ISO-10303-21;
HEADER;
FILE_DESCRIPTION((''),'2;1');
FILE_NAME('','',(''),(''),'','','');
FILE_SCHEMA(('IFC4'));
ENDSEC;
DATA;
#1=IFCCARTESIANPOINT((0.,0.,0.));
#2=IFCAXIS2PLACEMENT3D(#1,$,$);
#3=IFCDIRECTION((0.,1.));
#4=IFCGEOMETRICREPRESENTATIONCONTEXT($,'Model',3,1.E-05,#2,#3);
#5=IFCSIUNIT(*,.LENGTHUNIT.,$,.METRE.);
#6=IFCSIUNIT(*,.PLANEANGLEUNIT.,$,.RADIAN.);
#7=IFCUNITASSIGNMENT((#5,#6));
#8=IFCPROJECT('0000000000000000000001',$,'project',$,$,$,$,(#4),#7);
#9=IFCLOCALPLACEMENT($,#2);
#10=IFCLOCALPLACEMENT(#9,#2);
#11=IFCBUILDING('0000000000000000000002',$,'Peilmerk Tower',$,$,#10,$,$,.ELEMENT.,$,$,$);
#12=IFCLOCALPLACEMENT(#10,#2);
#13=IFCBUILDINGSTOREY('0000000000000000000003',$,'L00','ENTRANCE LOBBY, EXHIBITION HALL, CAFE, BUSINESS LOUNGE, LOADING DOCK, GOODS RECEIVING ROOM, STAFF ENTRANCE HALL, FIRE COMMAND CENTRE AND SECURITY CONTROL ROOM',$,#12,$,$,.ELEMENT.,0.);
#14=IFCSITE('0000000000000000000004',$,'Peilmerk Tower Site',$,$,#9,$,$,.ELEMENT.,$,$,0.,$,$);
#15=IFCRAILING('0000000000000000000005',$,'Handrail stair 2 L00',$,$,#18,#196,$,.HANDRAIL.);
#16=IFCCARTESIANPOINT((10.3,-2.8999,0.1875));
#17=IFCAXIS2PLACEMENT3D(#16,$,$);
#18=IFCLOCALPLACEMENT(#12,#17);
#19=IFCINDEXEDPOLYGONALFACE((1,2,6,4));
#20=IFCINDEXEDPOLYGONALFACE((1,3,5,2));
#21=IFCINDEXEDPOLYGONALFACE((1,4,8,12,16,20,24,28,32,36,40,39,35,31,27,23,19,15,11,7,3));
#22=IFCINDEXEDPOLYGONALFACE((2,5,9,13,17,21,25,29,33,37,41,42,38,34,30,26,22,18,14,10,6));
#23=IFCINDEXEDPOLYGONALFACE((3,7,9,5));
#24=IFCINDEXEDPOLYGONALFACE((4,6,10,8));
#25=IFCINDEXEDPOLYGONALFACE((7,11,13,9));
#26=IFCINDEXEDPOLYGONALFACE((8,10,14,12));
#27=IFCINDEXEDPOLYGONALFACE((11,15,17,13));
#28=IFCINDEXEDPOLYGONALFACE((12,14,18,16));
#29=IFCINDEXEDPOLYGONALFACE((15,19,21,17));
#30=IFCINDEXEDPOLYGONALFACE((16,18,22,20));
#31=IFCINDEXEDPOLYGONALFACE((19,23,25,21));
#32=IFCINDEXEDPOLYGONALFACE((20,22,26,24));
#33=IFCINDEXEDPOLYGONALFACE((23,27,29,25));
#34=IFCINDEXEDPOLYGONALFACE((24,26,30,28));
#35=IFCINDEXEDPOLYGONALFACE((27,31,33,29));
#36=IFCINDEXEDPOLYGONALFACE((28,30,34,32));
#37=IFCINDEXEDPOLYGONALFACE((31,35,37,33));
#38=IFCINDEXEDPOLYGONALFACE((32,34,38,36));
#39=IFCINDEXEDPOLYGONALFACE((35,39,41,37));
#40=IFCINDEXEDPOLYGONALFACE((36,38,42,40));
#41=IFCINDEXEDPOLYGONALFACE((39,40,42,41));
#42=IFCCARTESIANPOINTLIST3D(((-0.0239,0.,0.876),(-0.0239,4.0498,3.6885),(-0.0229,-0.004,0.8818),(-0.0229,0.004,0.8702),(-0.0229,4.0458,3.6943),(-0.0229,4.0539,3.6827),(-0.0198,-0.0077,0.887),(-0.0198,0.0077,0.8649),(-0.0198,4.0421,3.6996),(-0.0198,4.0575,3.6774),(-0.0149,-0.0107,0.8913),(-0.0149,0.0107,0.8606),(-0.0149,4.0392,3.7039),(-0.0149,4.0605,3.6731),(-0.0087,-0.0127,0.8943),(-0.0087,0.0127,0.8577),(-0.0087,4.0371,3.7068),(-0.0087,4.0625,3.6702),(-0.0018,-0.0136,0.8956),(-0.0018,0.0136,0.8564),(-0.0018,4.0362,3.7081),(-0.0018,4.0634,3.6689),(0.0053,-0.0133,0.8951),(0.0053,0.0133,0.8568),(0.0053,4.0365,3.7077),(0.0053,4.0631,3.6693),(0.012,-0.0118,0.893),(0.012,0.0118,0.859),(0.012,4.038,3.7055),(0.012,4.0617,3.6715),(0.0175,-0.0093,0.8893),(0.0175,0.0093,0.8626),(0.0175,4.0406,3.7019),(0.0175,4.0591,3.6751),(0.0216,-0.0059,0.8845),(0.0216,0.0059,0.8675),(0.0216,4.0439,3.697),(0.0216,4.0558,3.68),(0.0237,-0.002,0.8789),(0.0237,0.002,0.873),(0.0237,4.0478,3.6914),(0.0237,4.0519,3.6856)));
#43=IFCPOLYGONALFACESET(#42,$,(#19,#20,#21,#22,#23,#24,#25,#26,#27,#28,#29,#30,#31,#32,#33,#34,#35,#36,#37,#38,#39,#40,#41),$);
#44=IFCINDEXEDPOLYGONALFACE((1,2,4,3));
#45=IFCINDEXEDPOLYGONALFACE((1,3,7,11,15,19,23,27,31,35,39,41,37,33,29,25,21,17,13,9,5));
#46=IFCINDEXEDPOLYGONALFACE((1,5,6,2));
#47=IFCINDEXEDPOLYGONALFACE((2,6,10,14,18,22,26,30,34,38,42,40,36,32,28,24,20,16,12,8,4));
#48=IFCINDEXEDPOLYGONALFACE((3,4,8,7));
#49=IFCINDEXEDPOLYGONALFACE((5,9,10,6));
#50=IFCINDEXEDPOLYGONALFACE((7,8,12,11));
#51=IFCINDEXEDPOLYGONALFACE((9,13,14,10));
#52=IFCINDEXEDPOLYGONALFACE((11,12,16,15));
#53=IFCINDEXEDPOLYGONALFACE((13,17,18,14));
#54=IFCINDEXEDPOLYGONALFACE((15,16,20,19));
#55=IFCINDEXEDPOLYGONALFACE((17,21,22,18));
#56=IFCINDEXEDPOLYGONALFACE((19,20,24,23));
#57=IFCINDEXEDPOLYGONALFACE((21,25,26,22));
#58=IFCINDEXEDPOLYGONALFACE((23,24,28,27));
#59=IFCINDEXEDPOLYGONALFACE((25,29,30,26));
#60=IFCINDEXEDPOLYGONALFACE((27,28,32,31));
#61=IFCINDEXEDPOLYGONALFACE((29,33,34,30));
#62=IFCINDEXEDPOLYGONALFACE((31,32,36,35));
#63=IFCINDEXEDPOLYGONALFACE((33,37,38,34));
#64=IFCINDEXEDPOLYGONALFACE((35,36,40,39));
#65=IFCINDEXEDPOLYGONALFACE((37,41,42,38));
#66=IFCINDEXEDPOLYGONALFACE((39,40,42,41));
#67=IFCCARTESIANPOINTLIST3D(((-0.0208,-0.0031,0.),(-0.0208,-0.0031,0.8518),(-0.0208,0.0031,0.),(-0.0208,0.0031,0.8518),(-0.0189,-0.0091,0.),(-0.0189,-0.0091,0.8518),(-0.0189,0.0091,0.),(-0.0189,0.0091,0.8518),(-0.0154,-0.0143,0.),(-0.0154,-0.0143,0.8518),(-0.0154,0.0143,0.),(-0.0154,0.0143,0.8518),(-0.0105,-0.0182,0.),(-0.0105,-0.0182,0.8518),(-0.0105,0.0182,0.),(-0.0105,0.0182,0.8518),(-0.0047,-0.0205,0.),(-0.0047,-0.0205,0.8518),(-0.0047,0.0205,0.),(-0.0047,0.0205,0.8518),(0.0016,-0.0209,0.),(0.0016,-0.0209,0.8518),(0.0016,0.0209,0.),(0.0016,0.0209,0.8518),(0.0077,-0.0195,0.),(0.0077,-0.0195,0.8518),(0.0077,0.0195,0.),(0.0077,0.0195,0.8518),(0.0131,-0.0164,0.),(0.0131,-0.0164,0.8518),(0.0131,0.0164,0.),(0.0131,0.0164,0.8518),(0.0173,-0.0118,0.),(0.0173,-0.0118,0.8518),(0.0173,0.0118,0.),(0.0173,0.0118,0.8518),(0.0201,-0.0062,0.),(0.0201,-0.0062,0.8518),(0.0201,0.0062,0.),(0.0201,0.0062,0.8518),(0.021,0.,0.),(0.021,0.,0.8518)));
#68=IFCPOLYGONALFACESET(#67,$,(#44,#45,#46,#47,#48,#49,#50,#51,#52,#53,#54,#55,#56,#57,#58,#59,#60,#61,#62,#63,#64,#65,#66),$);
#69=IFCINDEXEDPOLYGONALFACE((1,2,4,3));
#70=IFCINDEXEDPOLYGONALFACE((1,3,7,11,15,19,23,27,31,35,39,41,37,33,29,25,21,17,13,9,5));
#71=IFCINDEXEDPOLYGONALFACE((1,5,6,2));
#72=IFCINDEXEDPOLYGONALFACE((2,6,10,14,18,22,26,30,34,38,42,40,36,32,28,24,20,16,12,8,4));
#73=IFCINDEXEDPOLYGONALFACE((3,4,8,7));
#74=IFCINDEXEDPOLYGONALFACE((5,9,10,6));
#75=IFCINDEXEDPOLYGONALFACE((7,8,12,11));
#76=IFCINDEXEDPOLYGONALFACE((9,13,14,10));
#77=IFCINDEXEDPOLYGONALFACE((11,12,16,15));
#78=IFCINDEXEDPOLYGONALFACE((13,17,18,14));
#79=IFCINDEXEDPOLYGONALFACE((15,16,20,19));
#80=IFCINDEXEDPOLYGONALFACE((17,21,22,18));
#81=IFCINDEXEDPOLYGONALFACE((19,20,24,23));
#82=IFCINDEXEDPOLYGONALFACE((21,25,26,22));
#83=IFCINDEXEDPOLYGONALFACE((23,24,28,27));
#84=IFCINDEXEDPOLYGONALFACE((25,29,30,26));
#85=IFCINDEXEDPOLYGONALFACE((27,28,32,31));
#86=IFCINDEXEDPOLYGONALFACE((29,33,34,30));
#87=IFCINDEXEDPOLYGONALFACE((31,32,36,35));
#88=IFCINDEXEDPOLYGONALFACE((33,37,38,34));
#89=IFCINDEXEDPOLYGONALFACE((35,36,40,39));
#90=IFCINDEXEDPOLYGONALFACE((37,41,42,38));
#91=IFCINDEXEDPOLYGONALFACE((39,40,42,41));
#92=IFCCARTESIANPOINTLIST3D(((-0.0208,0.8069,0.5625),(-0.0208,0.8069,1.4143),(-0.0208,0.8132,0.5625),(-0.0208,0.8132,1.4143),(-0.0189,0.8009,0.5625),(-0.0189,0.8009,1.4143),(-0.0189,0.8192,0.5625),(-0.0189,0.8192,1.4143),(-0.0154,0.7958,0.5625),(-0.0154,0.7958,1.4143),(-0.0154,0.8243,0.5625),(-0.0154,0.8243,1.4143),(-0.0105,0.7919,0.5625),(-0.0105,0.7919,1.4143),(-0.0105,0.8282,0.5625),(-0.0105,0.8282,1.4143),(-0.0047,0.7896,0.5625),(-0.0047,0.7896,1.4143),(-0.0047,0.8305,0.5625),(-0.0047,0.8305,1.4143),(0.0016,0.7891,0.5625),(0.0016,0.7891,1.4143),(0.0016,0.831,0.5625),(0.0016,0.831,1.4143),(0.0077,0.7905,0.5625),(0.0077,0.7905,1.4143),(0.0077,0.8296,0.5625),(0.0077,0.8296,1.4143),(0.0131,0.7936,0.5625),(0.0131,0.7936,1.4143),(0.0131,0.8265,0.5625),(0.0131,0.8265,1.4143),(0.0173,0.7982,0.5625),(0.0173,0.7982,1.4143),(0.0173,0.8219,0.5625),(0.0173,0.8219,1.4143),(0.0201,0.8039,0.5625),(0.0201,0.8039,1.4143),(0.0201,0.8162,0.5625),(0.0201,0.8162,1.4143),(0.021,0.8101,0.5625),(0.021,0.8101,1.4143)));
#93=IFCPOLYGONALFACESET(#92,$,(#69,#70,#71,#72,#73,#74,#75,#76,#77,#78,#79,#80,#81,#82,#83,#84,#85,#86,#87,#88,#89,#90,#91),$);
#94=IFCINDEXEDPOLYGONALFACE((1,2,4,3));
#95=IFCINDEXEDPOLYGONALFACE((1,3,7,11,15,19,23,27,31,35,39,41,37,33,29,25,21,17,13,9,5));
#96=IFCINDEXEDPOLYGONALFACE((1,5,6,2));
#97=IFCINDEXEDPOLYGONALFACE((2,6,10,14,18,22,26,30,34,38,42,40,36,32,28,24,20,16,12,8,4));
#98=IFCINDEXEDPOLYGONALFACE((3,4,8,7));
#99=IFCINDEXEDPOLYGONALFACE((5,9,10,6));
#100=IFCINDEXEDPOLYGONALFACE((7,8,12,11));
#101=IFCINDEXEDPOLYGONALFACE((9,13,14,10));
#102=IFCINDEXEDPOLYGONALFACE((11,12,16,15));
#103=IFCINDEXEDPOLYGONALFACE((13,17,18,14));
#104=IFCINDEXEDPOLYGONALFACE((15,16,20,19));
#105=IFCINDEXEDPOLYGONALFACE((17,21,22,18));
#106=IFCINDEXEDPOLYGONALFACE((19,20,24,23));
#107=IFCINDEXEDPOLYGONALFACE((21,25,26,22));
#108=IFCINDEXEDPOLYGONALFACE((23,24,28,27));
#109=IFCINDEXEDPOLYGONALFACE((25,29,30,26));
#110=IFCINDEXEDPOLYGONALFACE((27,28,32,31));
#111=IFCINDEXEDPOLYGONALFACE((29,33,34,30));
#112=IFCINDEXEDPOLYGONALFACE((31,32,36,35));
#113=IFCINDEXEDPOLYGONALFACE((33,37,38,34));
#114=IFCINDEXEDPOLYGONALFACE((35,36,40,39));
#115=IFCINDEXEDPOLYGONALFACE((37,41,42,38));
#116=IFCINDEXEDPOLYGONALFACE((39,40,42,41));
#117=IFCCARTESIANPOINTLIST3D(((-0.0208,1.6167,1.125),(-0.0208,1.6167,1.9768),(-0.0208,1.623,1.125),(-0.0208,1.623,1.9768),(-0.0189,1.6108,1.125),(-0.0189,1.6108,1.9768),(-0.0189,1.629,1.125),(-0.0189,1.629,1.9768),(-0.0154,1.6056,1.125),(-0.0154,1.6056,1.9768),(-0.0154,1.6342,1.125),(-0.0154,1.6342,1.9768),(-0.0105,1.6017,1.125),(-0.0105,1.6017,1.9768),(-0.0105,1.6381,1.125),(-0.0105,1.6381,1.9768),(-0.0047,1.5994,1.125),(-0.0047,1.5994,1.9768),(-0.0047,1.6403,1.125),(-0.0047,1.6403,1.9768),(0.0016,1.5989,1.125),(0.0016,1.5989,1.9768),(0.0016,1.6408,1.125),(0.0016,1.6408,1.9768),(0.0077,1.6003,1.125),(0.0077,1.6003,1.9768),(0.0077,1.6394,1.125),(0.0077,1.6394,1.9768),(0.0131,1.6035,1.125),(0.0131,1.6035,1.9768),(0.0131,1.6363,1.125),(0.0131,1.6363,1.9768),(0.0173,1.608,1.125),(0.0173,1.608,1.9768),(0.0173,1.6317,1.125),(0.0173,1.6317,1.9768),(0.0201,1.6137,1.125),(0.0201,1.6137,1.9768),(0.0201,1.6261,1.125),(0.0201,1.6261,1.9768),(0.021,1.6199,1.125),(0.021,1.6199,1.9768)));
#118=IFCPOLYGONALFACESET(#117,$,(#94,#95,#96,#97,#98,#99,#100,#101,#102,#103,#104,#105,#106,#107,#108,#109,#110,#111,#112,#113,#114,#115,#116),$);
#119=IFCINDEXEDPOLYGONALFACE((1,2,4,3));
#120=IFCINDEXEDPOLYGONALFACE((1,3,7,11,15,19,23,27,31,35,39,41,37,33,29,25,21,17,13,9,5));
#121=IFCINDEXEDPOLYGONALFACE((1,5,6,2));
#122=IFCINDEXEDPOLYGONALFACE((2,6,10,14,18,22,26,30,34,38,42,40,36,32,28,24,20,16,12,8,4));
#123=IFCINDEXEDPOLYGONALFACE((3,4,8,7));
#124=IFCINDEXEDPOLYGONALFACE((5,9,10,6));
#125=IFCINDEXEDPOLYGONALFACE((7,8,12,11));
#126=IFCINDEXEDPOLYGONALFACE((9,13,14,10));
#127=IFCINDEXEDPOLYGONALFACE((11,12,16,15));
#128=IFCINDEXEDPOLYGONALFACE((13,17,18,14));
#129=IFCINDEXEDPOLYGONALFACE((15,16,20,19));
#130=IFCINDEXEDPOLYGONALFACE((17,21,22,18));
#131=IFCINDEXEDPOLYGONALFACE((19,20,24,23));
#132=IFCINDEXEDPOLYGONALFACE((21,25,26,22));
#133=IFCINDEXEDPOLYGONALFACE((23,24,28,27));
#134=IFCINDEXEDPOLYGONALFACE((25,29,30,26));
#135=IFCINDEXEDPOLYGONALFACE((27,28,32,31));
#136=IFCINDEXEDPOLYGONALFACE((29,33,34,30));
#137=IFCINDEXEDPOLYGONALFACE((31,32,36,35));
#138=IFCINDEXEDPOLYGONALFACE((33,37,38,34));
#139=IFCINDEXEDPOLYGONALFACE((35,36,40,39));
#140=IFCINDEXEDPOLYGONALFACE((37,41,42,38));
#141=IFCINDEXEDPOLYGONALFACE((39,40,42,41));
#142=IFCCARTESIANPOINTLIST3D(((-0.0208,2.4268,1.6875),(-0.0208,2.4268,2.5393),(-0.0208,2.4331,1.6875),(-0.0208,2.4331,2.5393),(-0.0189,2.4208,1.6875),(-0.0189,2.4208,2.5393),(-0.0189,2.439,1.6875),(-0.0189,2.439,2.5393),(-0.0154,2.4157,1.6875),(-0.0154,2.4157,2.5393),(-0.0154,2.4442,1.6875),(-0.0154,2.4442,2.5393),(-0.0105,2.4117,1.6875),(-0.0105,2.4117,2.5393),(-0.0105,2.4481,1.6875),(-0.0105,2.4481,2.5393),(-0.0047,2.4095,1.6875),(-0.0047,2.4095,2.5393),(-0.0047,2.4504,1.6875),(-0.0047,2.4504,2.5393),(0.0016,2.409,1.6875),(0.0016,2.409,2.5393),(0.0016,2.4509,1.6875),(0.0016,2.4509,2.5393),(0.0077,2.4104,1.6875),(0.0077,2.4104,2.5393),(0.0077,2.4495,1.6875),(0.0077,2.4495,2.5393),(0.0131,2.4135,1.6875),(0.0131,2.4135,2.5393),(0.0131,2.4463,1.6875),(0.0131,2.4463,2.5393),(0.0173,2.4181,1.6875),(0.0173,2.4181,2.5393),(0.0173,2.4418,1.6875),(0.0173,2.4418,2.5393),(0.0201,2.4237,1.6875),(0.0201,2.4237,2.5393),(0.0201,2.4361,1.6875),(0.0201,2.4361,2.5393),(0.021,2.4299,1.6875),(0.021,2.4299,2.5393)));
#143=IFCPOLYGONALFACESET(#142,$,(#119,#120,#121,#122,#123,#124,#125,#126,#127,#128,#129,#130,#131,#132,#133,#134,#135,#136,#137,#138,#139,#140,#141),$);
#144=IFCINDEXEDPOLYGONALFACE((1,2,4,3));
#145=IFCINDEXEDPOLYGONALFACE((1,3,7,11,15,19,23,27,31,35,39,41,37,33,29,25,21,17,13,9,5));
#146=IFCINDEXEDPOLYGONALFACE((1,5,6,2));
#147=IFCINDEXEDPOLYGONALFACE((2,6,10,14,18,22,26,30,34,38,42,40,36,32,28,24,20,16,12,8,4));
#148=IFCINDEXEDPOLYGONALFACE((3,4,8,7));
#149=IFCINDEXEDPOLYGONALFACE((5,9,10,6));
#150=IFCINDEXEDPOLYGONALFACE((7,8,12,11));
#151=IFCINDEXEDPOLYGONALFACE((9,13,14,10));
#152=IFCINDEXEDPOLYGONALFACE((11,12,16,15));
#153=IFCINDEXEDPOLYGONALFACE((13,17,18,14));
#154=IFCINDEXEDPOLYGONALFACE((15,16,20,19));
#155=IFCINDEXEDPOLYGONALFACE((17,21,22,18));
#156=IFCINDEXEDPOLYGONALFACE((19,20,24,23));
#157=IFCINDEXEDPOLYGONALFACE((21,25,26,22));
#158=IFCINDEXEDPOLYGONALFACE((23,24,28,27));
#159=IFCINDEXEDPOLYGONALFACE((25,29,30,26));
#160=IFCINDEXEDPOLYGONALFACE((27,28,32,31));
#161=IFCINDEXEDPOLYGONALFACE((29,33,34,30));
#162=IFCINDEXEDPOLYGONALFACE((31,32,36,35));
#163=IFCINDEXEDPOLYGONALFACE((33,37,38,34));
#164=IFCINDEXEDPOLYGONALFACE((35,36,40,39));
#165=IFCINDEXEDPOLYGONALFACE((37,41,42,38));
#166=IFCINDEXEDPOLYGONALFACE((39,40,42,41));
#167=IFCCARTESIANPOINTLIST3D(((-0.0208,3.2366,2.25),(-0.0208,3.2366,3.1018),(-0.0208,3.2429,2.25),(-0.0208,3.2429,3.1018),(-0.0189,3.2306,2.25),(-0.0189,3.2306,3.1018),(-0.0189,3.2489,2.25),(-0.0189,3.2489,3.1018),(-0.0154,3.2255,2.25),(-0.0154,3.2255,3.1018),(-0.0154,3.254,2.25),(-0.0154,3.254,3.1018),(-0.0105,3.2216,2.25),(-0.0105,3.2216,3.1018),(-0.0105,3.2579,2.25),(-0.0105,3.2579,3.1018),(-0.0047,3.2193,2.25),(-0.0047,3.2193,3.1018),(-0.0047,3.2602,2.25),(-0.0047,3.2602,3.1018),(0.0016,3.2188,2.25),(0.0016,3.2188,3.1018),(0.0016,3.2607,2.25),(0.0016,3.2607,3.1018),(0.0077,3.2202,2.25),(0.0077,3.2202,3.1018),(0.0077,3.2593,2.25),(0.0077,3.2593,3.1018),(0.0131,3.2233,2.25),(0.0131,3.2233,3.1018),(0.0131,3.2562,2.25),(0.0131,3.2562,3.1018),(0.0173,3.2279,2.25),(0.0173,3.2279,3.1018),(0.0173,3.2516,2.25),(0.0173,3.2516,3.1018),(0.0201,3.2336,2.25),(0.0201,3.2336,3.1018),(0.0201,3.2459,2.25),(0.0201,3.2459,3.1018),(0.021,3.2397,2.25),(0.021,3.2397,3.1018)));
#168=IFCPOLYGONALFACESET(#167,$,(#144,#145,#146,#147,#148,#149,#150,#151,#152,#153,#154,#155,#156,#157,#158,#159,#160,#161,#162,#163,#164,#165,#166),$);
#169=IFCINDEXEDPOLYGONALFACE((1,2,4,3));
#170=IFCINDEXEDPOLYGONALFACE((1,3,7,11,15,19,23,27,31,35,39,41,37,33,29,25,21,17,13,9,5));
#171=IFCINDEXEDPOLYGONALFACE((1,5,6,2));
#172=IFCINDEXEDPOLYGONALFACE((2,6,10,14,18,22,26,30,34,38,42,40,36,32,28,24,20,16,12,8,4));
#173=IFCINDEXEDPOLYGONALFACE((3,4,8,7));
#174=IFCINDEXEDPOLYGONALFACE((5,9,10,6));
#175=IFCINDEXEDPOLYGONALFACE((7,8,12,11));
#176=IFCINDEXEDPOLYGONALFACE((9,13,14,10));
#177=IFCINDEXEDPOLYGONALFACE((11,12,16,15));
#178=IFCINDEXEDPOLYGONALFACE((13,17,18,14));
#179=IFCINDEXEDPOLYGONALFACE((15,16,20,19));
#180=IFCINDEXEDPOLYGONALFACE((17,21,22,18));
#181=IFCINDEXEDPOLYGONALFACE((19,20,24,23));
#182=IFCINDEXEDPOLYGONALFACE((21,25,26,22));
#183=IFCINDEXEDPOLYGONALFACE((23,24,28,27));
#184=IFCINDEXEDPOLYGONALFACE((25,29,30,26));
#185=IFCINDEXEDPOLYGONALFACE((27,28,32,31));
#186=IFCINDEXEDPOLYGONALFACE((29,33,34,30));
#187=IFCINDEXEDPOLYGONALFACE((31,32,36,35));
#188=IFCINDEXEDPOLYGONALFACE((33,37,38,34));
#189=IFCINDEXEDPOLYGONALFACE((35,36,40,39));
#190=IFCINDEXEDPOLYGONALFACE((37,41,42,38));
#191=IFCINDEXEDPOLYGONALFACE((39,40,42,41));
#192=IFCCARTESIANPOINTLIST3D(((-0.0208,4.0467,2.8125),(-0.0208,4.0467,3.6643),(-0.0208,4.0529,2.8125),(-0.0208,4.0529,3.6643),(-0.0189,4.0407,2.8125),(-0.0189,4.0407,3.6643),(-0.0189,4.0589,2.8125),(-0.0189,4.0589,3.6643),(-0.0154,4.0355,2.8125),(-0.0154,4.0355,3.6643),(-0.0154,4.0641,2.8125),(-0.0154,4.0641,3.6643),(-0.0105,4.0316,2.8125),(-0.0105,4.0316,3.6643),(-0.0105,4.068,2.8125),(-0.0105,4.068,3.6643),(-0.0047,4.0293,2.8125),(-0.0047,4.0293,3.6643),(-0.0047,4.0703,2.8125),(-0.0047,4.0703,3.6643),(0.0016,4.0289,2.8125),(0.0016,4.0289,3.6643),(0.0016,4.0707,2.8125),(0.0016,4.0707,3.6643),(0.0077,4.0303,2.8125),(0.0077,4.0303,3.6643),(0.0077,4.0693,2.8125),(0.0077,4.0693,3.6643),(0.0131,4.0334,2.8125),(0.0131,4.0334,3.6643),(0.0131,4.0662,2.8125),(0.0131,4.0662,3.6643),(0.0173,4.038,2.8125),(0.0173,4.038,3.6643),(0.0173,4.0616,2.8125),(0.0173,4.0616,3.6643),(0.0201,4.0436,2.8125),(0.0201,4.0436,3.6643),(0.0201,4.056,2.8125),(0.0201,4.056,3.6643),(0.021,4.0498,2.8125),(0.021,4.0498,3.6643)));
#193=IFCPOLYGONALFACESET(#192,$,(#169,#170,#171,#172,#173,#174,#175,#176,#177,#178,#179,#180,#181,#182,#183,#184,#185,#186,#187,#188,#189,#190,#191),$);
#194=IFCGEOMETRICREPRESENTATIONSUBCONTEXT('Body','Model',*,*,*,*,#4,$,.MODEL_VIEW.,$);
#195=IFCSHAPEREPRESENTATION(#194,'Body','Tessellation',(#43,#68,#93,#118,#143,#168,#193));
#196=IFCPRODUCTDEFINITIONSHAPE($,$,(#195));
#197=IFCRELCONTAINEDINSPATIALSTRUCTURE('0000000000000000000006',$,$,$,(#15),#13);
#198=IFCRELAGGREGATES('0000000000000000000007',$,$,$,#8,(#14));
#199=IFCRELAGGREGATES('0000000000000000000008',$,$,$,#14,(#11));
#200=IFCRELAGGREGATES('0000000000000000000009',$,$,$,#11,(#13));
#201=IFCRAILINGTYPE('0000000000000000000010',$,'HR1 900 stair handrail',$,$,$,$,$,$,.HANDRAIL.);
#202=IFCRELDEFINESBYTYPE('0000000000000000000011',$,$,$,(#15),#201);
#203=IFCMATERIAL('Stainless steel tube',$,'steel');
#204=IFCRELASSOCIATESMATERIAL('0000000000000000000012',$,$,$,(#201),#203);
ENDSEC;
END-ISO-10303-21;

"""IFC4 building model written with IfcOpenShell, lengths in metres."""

from ifc_helpers import new_model, si_unit, direction, frame, origin, origin_2d, place, context, subcontext, project, spatial, circle, extrude, material, type_object, element, save


model = new_model("IFC4")

# Units and contexts
model_context = context("Model", 3, precision=1e-05, world=origin(), true_north=direction((0.0, 1.0)))
body_context = subcontext(model_context, "Body", "Model", "MODEL_VIEW")
ifc_project = project(units=[si_unit("LENGTHUNIT", "METRE"), si_unit("PLANEANGLEUNIT", "RADIAN")], contexts=[model_context])

# Site, building, storey
site_placement = place(None, origin())
site = spatial("IfcSite", under=ifc_project, at=site_placement, Name="Peilmerk Tower Site", CompositionType="ELEMENT", RefElevation=0.0)
building_placement = place(site_placement, origin())
building = spatial("IfcBuilding", under=site, at=building_placement, Name="Peilmerk Tower", CompositionType="ELEMENT")
storey_placement = place(building_placement, origin())
storey = spatial("IfcBuildingStorey", under=building, at=storey_placement, Name="L00", Description="ENTRANCE LOBBY, EXHIBITION HALL, CAFE, BUSINESS LOUNGE, LOADING DOCK, GOODS RECEIVING ROOM, STAFF ENTRANCE HALL, FIRE COMMAND CENTRE AND SECURITY CONTROL ROOM", CompositionType="ELEMENT", Elevation=0.0)

# Railing
ifc_material_1 = material(Name="Stainless steel tube", Category="steel")
railing_type_1 = type_object("IfcRailingType", Name="HR1 900 stair handrail", PredefinedType="HANDRAIL", material=ifc_material_1)
railing_1_placement = place(storey_placement, frame((10.3, -2.8999, 0.1875)))
element("IfcRailing", 1, at=railing_1_placement, inside=storey, type_object=railing_type_1, Name="Handrail stair 2 L00", PredefinedType="HANDRAIL", context=body_context, shape_type="SweptSolid", body=[
    extrude(circle(Radius=0.0239, at=origin_2d()), frame((0.0, 0.0, 0.876), z_axis=(0.0, 0.821357, 0.570414), x_axis=(-1.0, 0.0, 0.0)), (0.0, 0.0, 1.0), 4.9307),
    extrude(circle(Radius=0.021, at=origin_2d()), origin(), (0.0, 0.0, 1.0), 0.8518),
    extrude(circle(Radius=0.021, at=origin_2d()), frame((0.0, 0.8101, 0.5625)), (0.0, 0.0, 1.0), 0.8518),
    extrude(circle(Radius=0.021, at=origin_2d()), frame((0.0, 1.6199, 1.125)), (0.0, 0.0, 1.0), 0.8518),
    extrude(circle(Radius=0.021, at=origin_2d()), frame((0.0, 2.4299, 1.6875)), (0.0, 0.0, 1.0), 0.8518),
    extrude(circle(Radius=0.021, at=origin_2d()), frame((0.0, 3.2397, 2.25)), (0.0, 0.0, 1.0), 0.8518),
    extrude(circle(Radius=0.021, at=origin_2d()), frame((0.0, 4.0498, 2.8125)), (0.0, 0.0, 1.0), 0.8518),
])

save(model, "model.ifc")
